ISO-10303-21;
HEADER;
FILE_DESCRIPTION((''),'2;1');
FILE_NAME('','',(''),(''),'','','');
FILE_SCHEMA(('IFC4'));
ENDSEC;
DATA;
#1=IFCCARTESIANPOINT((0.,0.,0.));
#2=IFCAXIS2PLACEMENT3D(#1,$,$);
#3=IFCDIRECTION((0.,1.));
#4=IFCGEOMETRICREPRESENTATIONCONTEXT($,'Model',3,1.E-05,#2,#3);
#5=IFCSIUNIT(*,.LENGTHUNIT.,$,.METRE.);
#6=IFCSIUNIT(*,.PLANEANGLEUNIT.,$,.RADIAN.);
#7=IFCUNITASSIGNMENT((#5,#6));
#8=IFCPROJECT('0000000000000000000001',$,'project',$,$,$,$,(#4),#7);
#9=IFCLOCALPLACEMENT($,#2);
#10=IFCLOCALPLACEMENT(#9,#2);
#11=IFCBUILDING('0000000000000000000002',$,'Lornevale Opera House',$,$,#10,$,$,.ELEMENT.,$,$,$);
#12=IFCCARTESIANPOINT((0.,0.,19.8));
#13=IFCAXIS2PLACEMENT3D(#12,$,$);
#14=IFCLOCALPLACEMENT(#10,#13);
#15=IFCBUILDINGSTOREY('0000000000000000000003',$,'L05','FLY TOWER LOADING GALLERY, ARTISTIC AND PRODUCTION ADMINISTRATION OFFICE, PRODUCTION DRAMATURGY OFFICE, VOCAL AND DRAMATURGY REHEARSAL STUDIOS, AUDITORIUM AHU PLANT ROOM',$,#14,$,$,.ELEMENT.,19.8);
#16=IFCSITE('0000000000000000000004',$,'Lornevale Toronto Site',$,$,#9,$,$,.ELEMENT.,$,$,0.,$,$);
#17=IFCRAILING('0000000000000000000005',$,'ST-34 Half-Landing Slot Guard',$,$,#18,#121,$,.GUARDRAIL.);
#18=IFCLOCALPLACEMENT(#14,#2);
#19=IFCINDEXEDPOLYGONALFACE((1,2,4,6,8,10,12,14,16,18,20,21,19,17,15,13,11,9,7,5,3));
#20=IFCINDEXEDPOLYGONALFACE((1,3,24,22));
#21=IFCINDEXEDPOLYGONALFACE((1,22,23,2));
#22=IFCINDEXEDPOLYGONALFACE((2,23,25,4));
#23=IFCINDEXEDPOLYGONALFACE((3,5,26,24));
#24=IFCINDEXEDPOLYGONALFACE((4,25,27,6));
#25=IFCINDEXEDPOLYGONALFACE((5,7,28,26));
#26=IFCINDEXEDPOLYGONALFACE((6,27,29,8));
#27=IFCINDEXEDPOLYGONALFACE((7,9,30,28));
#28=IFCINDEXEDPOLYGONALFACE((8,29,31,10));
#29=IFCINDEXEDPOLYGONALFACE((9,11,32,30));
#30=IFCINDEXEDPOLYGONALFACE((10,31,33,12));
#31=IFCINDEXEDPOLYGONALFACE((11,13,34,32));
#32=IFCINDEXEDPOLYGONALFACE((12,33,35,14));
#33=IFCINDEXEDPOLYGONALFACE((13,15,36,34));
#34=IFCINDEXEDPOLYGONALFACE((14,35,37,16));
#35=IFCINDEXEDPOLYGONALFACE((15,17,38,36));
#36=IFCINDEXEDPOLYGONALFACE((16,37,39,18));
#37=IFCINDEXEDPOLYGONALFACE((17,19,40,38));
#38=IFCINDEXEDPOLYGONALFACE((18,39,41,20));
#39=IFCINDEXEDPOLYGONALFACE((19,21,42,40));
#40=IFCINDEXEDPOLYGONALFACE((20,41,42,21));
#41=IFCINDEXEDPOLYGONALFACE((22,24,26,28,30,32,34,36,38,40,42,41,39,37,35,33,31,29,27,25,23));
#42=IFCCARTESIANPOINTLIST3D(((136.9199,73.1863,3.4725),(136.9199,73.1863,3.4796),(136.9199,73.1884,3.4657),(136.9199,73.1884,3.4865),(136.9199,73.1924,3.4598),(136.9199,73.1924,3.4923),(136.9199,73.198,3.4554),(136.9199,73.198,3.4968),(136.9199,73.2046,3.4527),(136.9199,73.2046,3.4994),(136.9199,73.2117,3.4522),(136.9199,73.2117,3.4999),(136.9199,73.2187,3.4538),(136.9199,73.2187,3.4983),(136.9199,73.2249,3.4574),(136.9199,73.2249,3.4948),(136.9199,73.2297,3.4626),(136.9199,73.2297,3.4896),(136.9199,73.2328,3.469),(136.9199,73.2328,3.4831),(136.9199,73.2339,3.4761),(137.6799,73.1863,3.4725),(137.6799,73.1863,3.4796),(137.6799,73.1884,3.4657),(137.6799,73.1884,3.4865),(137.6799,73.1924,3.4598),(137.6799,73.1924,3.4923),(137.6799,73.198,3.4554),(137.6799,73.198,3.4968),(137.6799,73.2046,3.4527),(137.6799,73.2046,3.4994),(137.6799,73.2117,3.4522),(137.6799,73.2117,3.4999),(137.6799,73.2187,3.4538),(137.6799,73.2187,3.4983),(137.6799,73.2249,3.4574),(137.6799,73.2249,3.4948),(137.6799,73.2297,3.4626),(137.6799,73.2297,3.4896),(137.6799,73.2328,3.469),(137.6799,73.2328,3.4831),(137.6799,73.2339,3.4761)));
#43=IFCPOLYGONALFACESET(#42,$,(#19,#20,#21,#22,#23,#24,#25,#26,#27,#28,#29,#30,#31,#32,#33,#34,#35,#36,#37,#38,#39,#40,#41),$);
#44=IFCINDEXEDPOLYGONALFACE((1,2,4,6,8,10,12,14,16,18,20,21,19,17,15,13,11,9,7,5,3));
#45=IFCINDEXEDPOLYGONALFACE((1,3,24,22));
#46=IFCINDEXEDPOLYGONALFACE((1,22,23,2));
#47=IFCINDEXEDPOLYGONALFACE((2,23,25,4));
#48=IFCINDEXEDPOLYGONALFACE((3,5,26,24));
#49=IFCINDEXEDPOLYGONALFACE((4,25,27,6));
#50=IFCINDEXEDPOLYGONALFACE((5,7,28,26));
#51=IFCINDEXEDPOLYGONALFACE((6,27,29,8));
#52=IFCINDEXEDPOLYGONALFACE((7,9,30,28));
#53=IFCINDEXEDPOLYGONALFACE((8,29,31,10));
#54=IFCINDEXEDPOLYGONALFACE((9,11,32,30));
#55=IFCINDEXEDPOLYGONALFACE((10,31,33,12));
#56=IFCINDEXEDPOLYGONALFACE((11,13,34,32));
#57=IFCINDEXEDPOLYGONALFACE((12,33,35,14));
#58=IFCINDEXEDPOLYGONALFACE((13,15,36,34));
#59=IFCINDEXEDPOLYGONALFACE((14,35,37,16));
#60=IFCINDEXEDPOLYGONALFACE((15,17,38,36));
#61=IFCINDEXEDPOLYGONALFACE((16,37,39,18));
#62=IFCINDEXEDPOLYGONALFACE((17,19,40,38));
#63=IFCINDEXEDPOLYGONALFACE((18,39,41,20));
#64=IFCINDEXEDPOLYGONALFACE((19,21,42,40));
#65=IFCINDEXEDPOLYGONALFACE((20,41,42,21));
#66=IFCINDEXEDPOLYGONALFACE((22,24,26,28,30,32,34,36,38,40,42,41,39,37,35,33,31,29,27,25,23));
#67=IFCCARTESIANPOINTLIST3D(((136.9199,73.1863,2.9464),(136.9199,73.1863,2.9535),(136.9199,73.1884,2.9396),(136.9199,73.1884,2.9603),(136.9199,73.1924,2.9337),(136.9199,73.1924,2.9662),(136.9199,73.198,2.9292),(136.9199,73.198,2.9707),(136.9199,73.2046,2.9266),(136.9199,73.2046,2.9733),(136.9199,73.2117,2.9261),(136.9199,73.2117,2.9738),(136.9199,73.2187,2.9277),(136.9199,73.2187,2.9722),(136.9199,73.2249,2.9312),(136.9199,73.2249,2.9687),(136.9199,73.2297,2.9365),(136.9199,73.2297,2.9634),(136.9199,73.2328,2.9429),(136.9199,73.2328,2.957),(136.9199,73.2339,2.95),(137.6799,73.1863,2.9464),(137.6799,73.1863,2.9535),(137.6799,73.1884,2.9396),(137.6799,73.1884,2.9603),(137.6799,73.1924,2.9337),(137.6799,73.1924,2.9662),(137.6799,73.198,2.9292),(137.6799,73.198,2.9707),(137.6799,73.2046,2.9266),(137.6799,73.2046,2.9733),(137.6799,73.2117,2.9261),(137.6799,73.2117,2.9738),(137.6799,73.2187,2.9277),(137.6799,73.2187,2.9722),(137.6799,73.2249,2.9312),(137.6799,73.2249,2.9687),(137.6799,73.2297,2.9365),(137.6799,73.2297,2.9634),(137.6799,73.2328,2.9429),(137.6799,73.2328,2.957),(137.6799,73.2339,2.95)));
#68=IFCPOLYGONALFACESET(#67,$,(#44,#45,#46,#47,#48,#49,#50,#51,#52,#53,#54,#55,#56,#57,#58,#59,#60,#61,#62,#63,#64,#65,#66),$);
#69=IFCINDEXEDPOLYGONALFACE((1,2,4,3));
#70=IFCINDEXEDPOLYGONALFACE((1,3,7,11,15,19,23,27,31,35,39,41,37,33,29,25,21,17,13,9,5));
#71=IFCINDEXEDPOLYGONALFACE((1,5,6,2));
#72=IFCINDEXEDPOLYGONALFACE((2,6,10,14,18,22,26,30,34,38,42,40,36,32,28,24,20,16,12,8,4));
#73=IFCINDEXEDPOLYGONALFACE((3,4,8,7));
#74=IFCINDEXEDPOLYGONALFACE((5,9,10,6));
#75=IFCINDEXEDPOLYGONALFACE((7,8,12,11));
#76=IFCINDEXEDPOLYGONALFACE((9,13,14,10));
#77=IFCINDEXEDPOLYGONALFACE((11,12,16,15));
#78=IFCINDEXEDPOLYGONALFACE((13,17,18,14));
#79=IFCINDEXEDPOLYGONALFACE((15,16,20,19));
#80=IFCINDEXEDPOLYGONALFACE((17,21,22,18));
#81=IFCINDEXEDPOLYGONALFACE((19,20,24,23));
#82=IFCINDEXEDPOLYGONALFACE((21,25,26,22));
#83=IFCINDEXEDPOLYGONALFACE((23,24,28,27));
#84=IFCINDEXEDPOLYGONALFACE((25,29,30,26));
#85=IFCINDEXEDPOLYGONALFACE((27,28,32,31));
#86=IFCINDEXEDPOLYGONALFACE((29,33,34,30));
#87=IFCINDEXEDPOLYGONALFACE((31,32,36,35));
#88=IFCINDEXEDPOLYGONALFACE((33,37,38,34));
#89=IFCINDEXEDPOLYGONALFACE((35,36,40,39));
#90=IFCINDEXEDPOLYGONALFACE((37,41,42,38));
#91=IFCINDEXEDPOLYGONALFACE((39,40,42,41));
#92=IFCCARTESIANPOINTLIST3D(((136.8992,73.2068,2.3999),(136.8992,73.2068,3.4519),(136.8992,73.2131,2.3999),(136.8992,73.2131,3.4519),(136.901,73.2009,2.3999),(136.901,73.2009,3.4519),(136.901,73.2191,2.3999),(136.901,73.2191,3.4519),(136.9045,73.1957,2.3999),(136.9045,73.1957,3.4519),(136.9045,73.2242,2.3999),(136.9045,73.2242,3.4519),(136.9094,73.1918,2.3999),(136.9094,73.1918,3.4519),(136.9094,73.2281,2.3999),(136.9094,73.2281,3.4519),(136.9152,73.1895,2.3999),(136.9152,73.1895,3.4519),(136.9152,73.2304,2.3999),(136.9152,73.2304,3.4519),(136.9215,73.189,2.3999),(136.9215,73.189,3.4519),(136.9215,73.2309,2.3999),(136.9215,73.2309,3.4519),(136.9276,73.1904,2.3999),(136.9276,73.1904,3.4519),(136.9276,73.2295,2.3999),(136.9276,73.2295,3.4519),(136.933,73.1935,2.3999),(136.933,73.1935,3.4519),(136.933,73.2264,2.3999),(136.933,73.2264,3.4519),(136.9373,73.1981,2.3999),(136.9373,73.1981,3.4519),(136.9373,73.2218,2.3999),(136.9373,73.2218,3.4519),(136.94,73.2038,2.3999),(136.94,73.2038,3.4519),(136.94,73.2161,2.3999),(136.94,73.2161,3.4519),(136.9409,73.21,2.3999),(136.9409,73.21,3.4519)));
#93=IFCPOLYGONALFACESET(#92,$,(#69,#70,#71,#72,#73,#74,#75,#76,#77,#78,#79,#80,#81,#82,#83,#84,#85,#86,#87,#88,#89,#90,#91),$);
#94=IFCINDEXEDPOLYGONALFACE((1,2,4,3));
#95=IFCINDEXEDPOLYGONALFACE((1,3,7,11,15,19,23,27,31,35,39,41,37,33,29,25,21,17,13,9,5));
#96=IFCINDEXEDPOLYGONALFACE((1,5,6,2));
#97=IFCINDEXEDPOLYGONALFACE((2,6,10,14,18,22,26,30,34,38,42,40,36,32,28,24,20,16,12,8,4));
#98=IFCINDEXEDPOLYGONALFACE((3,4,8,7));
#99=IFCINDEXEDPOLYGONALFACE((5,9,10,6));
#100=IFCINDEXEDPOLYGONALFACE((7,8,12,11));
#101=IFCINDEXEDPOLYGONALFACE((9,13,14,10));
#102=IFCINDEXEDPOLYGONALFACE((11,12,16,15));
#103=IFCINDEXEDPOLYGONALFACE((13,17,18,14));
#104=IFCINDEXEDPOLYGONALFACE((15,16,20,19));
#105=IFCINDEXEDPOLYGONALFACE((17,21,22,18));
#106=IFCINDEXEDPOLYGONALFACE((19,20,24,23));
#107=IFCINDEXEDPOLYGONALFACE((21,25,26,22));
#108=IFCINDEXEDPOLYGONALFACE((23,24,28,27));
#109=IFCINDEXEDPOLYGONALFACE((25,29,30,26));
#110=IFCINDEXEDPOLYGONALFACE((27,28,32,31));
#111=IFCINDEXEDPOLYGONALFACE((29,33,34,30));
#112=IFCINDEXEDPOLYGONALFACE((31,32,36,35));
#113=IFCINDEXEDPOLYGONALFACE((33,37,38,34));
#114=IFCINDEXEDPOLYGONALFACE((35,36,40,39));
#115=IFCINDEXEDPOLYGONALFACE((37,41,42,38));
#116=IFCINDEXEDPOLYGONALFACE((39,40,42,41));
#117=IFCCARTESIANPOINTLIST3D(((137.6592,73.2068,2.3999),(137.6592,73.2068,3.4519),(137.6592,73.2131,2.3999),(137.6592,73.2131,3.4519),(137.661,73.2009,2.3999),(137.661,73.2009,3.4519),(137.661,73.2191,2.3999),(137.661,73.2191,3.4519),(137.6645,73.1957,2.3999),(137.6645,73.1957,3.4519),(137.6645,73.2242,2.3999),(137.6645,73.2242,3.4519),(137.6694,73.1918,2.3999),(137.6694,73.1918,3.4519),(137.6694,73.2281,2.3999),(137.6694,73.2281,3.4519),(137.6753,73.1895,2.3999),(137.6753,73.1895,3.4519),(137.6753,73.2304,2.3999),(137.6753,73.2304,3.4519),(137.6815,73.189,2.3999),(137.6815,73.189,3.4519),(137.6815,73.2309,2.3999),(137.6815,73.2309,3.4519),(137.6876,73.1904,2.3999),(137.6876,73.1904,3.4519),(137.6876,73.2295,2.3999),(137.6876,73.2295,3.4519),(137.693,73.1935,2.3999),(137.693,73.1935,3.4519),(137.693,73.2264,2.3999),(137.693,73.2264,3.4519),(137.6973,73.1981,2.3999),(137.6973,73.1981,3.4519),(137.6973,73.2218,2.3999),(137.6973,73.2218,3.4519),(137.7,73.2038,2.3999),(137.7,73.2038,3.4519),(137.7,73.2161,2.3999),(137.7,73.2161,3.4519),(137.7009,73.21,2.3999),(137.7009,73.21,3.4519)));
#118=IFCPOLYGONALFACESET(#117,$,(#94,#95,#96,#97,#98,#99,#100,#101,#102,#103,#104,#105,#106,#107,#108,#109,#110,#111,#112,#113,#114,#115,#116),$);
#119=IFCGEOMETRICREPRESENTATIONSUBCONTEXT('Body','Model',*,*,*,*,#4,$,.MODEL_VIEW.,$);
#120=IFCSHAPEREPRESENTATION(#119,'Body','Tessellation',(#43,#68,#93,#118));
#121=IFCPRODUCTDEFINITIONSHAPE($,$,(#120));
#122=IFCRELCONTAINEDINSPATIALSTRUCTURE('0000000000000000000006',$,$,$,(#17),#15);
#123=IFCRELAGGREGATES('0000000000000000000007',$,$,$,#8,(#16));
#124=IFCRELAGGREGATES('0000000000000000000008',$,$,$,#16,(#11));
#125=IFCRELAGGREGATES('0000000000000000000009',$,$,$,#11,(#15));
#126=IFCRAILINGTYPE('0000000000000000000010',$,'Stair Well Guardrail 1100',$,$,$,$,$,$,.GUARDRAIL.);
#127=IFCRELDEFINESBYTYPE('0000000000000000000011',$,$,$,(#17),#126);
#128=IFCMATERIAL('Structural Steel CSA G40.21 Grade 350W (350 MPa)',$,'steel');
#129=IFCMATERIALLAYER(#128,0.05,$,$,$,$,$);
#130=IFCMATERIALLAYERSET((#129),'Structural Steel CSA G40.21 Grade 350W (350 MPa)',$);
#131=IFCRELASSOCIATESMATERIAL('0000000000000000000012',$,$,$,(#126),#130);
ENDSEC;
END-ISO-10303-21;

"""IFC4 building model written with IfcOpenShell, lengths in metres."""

from ifc_helpers import new_model, si_unit, direction, frame, origin, origin_2d, place, context, subcontext, project, spatial, circle, extrude, material, layer, layer_set, type_object, element, save


model = new_model("IFC4")

# Units and contexts
model_context = context("Model", 3, precision=1e-05, world=origin(), true_north=direction((0.0, 1.0)))
body_context = subcontext(model_context, "Body", "Model", "MODEL_VIEW")
ifc_project = project(units=[si_unit("LENGTHUNIT", "METRE"), si_unit("PLANEANGLEUNIT", "RADIAN")], contexts=[model_context])

# Site, building, storey
site_placement = place(None, origin())
site = spatial("IfcSite", under=ifc_project, at=site_placement, Name="Lornevale Toronto Site", CompositionType="ELEMENT", RefElevation=0.0)
building_placement = place(site_placement, origin())
building = spatial("IfcBuilding", under=site, at=building_placement, Name="Lornevale Opera House", CompositionType="ELEMENT")
storey_placement = place(building_placement, frame((0.0, 0.0, 19.8)))
storey = spatial("IfcBuildingStorey", under=building, at=storey_placement, Name="L05", Description="FLY TOWER LOADING GALLERY, ARTISTIC AND PRODUCTION ADMINISTRATION OFFICE, PRODUCTION DRAMATURGY OFFICE, VOCAL AND DRAMATURGY REHEARSAL STUDIOS, AUDITORIUM AHU PLANT ROOM", CompositionType="ELEMENT", Elevation=19.8)

# Shared definitions
ifc_material_1 = material(Name="Structural Steel CSA G40.21 Grade 350W (350 MPa)", Category="steel")

# Railing
ifc_layer_1 = layer(ifc_material_1, 0.05)
ifc_layer_set_1 = layer_set([ifc_layer_1], Name="Structural Steel CSA G40.21 Grade 350W (350 MPa)")
railing_type_1 = type_object("IfcRailingType", Name="Stair Well Guardrail 1100", PredefinedType="GUARDRAIL", material=ifc_layer_set_1)
railing_1_placement = place(storey_placement, frame((136.9199, 73.21, 2.3999)))
element("IfcRailing", 1, at=railing_1_placement, inside=storey, type_object=railing_type_1, Name="ST-34 Half-Landing Slot Guard", PredefinedType="GUARDRAIL", context=body_context, shape_type="SweptSolid", body=[
    extrude(circle(Radius=0.0239, at=origin_2d()), frame((0.0, 0.0, 1.0762), z_axis=(1.0, 0.0, 0.0), x_axis=(0.0, 1.0, 0.0)), (0.0, 0.0, 1.0), 0.76),
    extrude(circle(Radius=0.0239, at=origin_2d()), frame((0.0, 0.0, 0.55), z_axis=(1.0, 0.0, 0.0), x_axis=(0.0, 1.0, 0.0)), (0.0, 0.0, 1.0), 0.76),
    extrude(circle(Radius=0.021, at=origin_2d()), origin(), (0.0, 0.0, 1.0), 1.052),
    extrude(circle(Radius=0.021, at=origin_2d()), frame((0.76, 0.0, 0.0)), (0.0, 0.0, 1.0), 1.052),
])

save(model, "model.ifc")
